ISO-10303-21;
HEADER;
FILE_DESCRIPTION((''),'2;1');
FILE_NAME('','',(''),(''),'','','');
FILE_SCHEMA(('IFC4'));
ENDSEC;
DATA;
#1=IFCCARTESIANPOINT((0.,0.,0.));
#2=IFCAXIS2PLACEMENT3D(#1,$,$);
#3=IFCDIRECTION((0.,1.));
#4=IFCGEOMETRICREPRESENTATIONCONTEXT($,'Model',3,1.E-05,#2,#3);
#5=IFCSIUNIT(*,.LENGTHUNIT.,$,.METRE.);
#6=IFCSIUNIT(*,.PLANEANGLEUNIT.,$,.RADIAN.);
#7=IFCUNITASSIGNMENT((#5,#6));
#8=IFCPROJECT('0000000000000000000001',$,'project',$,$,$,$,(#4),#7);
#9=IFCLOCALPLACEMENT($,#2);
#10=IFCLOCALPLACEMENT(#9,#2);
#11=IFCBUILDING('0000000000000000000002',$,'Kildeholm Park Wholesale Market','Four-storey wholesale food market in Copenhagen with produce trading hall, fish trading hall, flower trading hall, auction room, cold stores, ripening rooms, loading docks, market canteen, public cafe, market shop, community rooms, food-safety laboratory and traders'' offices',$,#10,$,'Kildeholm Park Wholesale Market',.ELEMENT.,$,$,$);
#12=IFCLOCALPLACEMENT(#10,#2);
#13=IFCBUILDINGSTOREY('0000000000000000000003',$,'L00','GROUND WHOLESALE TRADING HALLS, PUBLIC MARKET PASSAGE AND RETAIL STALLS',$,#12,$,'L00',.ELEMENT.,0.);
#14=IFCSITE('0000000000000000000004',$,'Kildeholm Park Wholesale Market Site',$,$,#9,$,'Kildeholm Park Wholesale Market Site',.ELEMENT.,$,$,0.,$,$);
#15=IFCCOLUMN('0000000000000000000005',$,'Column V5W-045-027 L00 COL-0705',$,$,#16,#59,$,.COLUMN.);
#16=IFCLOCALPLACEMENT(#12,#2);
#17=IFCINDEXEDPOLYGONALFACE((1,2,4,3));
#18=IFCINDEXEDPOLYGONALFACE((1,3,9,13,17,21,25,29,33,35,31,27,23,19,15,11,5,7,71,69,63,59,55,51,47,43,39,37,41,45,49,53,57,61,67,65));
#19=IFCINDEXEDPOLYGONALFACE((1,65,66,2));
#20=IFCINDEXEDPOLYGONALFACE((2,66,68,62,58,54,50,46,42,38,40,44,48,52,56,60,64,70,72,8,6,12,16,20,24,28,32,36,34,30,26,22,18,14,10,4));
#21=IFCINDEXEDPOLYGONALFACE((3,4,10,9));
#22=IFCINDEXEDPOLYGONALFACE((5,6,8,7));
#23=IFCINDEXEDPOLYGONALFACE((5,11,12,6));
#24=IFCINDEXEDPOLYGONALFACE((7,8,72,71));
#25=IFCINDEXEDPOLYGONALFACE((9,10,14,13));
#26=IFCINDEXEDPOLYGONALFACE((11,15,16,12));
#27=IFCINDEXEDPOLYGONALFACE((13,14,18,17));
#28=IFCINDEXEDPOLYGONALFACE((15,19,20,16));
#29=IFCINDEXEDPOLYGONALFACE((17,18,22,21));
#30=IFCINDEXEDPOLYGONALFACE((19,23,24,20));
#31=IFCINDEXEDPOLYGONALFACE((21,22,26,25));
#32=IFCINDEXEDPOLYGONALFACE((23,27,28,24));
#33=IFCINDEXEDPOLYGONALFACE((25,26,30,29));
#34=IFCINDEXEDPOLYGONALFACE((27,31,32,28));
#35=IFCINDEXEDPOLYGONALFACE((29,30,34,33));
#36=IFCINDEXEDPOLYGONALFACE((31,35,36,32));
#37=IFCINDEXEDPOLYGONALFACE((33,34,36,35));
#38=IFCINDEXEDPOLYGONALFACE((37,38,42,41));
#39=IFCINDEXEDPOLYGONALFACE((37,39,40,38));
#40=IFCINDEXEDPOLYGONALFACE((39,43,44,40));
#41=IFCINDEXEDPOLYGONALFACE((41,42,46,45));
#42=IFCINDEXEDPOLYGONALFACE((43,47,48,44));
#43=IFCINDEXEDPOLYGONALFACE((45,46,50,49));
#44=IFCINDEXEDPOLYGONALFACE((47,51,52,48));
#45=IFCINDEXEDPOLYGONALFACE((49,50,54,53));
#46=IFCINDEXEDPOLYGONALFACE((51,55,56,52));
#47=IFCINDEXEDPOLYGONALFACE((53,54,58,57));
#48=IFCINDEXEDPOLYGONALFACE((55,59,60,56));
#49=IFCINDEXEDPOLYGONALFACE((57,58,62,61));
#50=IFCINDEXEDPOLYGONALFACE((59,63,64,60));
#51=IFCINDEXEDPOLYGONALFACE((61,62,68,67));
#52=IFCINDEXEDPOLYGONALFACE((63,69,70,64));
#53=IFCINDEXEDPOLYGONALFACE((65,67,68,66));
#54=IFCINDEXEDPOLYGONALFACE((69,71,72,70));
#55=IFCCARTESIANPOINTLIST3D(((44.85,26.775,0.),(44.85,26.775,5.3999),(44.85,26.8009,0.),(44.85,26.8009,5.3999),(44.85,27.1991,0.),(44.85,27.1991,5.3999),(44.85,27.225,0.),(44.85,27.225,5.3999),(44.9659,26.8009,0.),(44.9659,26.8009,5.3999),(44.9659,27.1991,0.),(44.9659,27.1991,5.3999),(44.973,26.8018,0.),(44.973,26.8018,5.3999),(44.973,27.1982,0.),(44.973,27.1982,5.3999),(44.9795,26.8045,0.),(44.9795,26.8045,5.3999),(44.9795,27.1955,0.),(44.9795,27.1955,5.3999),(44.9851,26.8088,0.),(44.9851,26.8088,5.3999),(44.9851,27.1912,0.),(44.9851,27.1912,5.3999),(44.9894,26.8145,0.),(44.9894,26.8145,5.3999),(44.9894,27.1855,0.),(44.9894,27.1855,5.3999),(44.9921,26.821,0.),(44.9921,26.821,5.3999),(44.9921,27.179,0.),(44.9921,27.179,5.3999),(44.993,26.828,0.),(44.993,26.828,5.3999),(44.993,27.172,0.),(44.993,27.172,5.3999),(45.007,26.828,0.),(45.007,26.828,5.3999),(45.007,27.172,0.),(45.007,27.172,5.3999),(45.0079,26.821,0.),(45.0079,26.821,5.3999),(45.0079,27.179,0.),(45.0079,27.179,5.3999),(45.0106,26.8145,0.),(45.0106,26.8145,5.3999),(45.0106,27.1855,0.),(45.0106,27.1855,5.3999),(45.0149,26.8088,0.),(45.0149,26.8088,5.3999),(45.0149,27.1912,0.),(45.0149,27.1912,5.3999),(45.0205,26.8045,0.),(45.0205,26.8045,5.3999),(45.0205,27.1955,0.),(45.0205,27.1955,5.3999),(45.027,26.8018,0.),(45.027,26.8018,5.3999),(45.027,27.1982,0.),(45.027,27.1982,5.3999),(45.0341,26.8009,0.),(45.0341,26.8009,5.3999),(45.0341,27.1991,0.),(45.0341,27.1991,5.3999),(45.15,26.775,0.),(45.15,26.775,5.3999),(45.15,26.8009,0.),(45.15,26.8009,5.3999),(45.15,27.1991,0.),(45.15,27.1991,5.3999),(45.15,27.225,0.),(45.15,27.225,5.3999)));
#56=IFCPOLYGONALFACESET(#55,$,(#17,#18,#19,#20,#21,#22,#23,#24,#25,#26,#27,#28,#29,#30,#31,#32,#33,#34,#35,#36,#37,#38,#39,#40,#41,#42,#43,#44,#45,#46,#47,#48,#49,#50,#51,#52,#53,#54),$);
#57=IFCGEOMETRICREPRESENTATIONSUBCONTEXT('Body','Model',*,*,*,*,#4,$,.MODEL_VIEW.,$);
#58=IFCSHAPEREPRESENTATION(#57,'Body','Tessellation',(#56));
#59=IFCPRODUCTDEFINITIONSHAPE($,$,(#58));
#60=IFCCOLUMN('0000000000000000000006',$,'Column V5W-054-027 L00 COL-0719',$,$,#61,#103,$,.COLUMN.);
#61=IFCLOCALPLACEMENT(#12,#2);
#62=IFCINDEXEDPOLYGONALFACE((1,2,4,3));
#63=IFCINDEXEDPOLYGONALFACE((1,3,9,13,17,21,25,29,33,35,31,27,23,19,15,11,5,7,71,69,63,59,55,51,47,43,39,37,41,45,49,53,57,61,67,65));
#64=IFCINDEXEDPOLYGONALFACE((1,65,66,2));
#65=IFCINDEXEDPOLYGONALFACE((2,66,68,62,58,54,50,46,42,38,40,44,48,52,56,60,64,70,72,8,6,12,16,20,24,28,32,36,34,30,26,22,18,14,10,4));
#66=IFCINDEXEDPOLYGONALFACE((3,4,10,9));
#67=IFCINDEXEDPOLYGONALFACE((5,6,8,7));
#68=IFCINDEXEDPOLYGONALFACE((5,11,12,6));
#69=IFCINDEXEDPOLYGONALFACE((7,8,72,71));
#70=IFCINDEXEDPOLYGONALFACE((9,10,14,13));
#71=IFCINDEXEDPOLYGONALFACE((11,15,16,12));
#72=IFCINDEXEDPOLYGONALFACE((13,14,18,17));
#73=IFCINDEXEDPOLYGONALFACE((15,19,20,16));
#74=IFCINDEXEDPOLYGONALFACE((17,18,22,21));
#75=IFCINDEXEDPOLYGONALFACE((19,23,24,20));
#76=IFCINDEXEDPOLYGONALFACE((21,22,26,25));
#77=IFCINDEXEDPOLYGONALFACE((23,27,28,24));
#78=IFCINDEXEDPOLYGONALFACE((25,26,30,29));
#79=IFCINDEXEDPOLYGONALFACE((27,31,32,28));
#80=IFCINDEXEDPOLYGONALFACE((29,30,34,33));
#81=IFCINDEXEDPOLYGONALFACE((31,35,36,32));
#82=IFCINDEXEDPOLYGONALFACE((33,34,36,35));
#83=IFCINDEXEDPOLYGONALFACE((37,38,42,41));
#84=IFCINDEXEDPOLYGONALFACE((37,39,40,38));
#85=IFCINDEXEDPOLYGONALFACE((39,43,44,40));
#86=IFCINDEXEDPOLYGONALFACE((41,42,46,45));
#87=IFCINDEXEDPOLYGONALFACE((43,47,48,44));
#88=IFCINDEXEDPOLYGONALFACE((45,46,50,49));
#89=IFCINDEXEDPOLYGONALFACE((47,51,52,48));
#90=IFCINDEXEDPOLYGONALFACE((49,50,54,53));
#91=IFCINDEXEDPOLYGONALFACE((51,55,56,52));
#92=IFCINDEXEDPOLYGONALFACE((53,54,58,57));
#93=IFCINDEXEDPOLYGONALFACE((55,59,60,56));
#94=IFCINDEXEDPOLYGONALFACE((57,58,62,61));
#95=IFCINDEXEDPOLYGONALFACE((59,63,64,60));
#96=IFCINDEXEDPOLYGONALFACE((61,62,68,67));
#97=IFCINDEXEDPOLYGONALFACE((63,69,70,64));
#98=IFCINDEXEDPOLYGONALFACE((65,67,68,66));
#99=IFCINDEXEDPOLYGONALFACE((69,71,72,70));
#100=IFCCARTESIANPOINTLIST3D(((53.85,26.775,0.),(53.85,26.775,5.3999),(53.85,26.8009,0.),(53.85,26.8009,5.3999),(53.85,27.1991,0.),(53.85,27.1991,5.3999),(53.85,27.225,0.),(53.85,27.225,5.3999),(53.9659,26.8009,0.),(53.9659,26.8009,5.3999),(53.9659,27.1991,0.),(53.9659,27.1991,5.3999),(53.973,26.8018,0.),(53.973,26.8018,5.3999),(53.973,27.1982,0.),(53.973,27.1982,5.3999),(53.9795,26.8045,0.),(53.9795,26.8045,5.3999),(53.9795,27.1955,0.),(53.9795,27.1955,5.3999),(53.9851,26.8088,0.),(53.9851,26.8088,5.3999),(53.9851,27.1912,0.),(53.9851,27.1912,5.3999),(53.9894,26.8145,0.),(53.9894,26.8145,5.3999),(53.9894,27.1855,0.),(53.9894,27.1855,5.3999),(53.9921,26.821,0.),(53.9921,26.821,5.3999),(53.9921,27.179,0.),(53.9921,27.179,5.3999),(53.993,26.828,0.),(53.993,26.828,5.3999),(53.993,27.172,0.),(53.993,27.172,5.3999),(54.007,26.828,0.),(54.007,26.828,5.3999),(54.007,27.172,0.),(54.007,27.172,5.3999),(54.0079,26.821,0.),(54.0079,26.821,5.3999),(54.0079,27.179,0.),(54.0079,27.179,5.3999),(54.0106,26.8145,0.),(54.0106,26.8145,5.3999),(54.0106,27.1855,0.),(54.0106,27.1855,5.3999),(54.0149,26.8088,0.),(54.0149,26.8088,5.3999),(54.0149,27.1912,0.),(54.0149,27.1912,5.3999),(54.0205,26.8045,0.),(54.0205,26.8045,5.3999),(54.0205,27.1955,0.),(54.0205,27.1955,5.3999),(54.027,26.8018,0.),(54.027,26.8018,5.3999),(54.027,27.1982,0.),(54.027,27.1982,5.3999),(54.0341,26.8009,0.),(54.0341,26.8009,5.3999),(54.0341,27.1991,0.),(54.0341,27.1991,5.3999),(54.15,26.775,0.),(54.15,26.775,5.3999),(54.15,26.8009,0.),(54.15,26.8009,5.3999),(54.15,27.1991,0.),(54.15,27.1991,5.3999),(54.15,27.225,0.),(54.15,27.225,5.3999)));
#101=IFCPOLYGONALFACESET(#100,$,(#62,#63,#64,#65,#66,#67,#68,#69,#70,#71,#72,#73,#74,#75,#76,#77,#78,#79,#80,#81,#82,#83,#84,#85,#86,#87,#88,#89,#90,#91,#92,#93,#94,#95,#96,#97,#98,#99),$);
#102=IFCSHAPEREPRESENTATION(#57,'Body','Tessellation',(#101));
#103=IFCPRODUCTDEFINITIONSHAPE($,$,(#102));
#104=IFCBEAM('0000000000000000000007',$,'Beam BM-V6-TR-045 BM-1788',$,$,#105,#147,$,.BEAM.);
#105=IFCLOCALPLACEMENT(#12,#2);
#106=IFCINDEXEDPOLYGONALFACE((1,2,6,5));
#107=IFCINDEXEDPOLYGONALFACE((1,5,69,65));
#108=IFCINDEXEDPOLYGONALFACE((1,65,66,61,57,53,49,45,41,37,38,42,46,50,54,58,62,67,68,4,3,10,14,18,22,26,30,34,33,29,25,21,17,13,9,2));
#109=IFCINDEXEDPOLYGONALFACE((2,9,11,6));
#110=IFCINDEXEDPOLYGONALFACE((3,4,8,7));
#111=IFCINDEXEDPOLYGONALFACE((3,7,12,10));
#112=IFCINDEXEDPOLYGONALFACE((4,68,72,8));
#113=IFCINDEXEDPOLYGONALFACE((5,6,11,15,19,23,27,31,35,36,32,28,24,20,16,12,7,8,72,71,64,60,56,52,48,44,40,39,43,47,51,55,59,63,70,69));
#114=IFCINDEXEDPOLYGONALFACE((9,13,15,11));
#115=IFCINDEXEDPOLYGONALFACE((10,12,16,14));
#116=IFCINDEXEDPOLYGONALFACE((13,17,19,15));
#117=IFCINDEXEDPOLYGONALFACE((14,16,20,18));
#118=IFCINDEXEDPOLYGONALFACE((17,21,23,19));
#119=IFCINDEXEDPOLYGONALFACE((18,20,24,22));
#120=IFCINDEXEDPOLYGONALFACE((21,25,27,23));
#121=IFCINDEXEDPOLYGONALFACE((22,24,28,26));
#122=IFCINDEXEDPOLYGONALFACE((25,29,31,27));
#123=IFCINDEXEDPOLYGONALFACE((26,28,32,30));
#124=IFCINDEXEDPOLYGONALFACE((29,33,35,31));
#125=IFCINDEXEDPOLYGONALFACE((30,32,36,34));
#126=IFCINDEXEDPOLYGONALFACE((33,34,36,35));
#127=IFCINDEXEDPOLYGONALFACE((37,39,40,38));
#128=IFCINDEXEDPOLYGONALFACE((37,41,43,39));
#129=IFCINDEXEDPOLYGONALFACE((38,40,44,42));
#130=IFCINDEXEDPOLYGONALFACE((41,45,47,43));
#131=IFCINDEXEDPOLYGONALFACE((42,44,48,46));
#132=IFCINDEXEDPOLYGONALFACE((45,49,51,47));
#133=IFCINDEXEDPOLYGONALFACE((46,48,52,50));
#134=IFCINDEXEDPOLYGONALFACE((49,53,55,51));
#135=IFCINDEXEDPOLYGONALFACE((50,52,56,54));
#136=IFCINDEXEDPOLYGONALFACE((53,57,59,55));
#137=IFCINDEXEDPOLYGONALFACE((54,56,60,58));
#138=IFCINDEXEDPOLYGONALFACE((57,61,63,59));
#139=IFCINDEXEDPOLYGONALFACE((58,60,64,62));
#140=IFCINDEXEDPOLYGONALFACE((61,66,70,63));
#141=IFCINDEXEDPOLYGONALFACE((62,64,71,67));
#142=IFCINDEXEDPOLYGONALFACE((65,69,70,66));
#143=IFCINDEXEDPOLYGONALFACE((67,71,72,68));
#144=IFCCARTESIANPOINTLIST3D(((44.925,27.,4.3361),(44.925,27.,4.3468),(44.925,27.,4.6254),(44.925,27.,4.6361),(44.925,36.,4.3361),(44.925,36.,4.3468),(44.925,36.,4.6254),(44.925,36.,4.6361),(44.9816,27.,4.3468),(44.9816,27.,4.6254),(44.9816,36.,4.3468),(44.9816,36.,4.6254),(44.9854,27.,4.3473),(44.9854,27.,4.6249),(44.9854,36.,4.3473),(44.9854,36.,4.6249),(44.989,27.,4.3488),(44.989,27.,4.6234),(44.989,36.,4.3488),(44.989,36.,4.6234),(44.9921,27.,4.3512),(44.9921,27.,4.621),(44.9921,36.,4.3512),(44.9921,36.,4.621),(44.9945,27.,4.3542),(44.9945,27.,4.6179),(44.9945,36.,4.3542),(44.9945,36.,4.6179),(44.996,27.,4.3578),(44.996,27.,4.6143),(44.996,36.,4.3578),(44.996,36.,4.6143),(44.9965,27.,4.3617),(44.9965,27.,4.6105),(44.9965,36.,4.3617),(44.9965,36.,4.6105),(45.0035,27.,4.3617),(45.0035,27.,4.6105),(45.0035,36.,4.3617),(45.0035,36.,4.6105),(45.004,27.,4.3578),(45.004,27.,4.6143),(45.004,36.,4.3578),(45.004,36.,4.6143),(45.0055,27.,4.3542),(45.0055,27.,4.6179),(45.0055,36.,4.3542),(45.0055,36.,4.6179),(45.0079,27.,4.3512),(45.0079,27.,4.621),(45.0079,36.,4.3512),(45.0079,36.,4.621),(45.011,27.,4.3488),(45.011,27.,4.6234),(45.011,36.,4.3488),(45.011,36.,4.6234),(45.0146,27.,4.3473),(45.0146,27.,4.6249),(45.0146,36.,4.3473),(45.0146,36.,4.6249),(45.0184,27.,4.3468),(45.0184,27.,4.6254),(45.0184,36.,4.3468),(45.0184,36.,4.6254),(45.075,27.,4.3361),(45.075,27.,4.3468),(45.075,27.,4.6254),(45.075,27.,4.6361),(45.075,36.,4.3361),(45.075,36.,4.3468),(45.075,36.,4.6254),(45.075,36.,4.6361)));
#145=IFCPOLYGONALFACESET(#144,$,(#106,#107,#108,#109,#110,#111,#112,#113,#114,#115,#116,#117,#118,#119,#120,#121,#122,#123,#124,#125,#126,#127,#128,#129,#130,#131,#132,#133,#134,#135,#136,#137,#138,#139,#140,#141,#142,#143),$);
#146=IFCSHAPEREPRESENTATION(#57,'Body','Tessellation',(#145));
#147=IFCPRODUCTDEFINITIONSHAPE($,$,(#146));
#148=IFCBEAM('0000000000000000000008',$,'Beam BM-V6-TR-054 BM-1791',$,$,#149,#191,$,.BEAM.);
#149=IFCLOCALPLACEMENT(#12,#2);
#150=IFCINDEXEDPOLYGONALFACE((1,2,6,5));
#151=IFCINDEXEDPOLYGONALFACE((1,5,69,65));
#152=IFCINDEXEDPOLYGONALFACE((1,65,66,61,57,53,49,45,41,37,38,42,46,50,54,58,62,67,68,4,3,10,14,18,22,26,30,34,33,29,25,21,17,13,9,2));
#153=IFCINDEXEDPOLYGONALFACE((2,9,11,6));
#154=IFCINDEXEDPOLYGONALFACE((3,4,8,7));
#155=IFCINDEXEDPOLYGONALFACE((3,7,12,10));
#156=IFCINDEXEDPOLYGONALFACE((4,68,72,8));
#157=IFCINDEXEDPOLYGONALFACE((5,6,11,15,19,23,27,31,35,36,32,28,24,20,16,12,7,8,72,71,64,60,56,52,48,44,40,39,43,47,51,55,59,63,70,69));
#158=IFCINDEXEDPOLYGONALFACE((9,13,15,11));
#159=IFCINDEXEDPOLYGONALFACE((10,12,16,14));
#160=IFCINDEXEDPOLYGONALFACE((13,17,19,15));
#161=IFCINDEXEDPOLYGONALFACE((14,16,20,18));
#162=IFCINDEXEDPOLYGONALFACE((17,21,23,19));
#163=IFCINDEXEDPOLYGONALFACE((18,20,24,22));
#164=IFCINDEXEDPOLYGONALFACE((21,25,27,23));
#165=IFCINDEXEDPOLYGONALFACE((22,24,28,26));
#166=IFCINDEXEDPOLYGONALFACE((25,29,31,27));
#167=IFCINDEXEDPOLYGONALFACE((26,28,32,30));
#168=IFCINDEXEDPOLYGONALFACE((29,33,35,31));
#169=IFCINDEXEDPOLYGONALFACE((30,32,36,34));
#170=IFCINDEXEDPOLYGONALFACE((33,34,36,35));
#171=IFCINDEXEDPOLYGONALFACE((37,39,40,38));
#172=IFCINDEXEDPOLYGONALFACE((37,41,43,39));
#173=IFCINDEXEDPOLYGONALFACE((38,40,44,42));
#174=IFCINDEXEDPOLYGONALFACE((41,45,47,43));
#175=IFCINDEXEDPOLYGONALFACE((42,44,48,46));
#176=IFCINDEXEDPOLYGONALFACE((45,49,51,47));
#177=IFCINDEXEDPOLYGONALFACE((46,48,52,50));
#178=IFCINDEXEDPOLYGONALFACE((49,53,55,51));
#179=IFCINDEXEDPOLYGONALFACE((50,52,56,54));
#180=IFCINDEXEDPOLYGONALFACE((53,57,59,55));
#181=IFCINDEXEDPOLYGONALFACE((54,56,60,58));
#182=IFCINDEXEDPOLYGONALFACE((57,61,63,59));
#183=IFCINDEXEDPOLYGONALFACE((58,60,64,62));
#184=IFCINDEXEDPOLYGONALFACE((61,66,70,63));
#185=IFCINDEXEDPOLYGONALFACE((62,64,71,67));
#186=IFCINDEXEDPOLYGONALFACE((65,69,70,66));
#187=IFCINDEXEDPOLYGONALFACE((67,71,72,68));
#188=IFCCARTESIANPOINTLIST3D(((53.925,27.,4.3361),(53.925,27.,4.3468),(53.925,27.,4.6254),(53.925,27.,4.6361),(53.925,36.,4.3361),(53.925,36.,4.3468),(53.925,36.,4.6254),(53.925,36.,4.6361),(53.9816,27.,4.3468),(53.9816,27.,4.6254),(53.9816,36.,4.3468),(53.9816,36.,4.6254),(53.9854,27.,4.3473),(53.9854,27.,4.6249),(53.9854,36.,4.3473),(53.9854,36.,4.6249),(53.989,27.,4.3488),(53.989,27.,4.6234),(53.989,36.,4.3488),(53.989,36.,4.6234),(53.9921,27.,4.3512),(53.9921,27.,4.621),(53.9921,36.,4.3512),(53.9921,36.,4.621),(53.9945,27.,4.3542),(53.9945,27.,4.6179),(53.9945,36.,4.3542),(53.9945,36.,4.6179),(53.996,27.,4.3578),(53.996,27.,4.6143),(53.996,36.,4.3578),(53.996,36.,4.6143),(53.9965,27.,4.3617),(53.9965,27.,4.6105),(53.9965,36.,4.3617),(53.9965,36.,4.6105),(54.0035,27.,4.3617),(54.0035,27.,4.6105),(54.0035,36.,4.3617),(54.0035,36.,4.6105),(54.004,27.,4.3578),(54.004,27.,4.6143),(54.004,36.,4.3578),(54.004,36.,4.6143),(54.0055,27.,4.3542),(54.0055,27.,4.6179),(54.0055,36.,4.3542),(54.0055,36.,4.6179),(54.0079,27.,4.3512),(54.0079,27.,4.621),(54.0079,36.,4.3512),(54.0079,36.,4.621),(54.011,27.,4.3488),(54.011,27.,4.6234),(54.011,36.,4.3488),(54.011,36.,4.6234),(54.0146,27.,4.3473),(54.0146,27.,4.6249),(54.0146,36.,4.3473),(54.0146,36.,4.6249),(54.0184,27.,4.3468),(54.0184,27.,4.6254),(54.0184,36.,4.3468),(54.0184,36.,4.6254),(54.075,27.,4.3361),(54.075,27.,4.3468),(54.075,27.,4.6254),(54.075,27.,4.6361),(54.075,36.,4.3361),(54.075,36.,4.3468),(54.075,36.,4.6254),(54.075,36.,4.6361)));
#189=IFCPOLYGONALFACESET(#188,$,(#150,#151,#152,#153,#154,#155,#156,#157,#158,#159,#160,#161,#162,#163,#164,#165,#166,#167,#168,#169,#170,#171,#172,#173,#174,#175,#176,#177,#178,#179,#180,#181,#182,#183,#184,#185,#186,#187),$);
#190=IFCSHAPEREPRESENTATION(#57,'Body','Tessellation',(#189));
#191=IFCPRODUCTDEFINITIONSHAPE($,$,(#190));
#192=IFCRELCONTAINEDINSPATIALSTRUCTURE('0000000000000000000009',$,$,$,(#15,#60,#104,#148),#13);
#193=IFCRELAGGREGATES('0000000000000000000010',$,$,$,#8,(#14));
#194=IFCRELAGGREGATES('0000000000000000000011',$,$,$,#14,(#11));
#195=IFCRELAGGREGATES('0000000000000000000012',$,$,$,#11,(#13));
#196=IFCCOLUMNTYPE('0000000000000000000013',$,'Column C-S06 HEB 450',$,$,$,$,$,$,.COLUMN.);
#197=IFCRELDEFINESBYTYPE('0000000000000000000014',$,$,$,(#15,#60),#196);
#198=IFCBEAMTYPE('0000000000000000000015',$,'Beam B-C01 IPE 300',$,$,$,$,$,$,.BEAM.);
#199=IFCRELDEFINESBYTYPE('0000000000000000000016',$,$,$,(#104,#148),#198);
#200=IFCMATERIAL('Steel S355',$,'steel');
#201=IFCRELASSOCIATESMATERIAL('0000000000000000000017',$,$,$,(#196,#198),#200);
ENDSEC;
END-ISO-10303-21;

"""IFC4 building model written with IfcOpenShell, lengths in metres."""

from ifc_helpers import new_model, si_unit, direction, frame, origin, origin_2d, place, context, subcontext, project, spatial, i_section, extrude, material, material_profile, profile_set, type_object, element, save


model = new_model("IFC4")

# Units and contexts
model_context = context("Model", 3, precision=1e-05, world=origin(), true_north=direction((0.0, 1.0)))
body_context = subcontext(model_context, "Body", "Model", "MODEL_VIEW")
ifc_project = project(units=[si_unit("LENGTHUNIT", "METRE"), si_unit("PLANEANGLEUNIT", "RADIAN")], contexts=[model_context])

# Site, building, storey
site_placement = place(None, origin())
site = spatial("IfcSite", under=ifc_project, at=site_placement, Name="Kildeholm Park Wholesale Market Site", LongName="Kildeholm Park Wholesale Market Site", CompositionType="ELEMENT", RefElevation=0.0)
building_placement = place(site_placement, origin())
building = spatial("IfcBuilding", under=site, at=building_placement, Name="Kildeholm Park Wholesale Market", Description="Four-storey wholesale food market in Copenhagen with produce trading hall, fish trading hall, flower trading hall, auction room, cold stores, ripening rooms, loading docks, market canteen, public cafe, market shop, community rooms, food-safety laboratory and traders' offices", LongName="Kildeholm Park Wholesale Market", CompositionType="ELEMENT")
storey_placement = place(building_placement, origin())
storey = spatial("IfcBuildingStorey", under=building, at=storey_placement, Name="L00", Description="GROUND WHOLESALE TRADING HALLS, PUBLIC MARKET PASSAGE AND RETAIL STALLS", LongName="L00", CompositionType="ELEMENT", Elevation=0.0)

# Columns
ifc_material_1 = material(Name="Steel S355", Category="steel")
ifc_material_profile_1 = material_profile(ifc_material_1, i_section(OverallWidth=0.3, OverallDepth=0.45, WebThickness=0.0139, FlangeThickness=0.0259, FilletRadius=0.0271, at=origin_2d()), Name="HEB 450")
ifc_profile_set_1 = profile_set([ifc_material_profile_1], Name="Steel S355")
column_type = type_object("IfcColumnType", Name="Column C-S06 HEB 450", PredefinedType="COLUMN", material=ifc_profile_set_1)
for number, where, z_axis, x_axis, name in (
    (1, (45.0, 27.0, 0.0), (0.0, 0.0, 1.0), (1.0, 0.0, 0.0), "Column V5W-045-027 L00 COL-0705"),
    (2, (54.0, 27.0, 0.0), (0.0, 0.0, 1.0), (1.0, 0.0, 0.0), "Column V5W-054-027 L00 COL-0719"),
):
    element("IfcColumn", number, at=place(storey_placement, frame(where, z_axis=z_axis, x_axis=x_axis)), inside=storey, type_object=column_type, Name=name, PredefinedType="COLUMN", context=body_context, shape_type="SweptSolid", body=[
        extrude(i_section(OverallWidth=0.3, OverallDepth=0.45, WebThickness=0.0139, FlangeThickness=0.0259, FilletRadius=0.0271, at=origin_2d()), origin(), (0.0, 0.0, 1.0), 5.3999),
    ])

# Beams
ifc_material_profile_2 = material_profile(ifc_material_1, i_section(OverallWidth=0.1499, OverallDepth=0.3, WebThickness=0.0071, FlangeThickness=0.0107, FilletRadius=0.0149, at=origin_2d()), Name="IPE 300")
ifc_profile_set_2 = profile_set([ifc_material_profile_2], Name="Steel S355")
beam_type_1 = type_object("IfcBeamType", Name="Beam B-C01 IPE 300", PredefinedType="BEAM", material=ifc_profile_set_2)
for number, where, z_axis, x_axis, name in (
    (3, (45.0, 27.0, 4.4861), (0.0, 1.0, 0.0), (-1.0, 0.0, 0.0), "Beam BM-V6-TR-045 BM-1788"),
    (4, (54.0, 27.0, 4.4861), (0.0, 1.0, 0.0), (-1.0, 0.0, 0.0), "Beam BM-V6-TR-054 BM-1791"),
):
    element("IfcBeam", number, at=place(storey_placement, frame(where, z_axis=z_axis, x_axis=x_axis)), inside=storey, type_object=beam_type_1, Name=name, PredefinedType="BEAM", context=body_context, shape_type="SweptSolid", body=[
        extrude(i_section(OverallWidth=0.1499, OverallDepth=0.3, WebThickness=0.0071, FlangeThickness=0.0107, FilletRadius=0.0149, at=origin_2d()), origin(), (0.0, 0.0, 1.0), 9.0),
    ])

save(model, "model.ifc")
